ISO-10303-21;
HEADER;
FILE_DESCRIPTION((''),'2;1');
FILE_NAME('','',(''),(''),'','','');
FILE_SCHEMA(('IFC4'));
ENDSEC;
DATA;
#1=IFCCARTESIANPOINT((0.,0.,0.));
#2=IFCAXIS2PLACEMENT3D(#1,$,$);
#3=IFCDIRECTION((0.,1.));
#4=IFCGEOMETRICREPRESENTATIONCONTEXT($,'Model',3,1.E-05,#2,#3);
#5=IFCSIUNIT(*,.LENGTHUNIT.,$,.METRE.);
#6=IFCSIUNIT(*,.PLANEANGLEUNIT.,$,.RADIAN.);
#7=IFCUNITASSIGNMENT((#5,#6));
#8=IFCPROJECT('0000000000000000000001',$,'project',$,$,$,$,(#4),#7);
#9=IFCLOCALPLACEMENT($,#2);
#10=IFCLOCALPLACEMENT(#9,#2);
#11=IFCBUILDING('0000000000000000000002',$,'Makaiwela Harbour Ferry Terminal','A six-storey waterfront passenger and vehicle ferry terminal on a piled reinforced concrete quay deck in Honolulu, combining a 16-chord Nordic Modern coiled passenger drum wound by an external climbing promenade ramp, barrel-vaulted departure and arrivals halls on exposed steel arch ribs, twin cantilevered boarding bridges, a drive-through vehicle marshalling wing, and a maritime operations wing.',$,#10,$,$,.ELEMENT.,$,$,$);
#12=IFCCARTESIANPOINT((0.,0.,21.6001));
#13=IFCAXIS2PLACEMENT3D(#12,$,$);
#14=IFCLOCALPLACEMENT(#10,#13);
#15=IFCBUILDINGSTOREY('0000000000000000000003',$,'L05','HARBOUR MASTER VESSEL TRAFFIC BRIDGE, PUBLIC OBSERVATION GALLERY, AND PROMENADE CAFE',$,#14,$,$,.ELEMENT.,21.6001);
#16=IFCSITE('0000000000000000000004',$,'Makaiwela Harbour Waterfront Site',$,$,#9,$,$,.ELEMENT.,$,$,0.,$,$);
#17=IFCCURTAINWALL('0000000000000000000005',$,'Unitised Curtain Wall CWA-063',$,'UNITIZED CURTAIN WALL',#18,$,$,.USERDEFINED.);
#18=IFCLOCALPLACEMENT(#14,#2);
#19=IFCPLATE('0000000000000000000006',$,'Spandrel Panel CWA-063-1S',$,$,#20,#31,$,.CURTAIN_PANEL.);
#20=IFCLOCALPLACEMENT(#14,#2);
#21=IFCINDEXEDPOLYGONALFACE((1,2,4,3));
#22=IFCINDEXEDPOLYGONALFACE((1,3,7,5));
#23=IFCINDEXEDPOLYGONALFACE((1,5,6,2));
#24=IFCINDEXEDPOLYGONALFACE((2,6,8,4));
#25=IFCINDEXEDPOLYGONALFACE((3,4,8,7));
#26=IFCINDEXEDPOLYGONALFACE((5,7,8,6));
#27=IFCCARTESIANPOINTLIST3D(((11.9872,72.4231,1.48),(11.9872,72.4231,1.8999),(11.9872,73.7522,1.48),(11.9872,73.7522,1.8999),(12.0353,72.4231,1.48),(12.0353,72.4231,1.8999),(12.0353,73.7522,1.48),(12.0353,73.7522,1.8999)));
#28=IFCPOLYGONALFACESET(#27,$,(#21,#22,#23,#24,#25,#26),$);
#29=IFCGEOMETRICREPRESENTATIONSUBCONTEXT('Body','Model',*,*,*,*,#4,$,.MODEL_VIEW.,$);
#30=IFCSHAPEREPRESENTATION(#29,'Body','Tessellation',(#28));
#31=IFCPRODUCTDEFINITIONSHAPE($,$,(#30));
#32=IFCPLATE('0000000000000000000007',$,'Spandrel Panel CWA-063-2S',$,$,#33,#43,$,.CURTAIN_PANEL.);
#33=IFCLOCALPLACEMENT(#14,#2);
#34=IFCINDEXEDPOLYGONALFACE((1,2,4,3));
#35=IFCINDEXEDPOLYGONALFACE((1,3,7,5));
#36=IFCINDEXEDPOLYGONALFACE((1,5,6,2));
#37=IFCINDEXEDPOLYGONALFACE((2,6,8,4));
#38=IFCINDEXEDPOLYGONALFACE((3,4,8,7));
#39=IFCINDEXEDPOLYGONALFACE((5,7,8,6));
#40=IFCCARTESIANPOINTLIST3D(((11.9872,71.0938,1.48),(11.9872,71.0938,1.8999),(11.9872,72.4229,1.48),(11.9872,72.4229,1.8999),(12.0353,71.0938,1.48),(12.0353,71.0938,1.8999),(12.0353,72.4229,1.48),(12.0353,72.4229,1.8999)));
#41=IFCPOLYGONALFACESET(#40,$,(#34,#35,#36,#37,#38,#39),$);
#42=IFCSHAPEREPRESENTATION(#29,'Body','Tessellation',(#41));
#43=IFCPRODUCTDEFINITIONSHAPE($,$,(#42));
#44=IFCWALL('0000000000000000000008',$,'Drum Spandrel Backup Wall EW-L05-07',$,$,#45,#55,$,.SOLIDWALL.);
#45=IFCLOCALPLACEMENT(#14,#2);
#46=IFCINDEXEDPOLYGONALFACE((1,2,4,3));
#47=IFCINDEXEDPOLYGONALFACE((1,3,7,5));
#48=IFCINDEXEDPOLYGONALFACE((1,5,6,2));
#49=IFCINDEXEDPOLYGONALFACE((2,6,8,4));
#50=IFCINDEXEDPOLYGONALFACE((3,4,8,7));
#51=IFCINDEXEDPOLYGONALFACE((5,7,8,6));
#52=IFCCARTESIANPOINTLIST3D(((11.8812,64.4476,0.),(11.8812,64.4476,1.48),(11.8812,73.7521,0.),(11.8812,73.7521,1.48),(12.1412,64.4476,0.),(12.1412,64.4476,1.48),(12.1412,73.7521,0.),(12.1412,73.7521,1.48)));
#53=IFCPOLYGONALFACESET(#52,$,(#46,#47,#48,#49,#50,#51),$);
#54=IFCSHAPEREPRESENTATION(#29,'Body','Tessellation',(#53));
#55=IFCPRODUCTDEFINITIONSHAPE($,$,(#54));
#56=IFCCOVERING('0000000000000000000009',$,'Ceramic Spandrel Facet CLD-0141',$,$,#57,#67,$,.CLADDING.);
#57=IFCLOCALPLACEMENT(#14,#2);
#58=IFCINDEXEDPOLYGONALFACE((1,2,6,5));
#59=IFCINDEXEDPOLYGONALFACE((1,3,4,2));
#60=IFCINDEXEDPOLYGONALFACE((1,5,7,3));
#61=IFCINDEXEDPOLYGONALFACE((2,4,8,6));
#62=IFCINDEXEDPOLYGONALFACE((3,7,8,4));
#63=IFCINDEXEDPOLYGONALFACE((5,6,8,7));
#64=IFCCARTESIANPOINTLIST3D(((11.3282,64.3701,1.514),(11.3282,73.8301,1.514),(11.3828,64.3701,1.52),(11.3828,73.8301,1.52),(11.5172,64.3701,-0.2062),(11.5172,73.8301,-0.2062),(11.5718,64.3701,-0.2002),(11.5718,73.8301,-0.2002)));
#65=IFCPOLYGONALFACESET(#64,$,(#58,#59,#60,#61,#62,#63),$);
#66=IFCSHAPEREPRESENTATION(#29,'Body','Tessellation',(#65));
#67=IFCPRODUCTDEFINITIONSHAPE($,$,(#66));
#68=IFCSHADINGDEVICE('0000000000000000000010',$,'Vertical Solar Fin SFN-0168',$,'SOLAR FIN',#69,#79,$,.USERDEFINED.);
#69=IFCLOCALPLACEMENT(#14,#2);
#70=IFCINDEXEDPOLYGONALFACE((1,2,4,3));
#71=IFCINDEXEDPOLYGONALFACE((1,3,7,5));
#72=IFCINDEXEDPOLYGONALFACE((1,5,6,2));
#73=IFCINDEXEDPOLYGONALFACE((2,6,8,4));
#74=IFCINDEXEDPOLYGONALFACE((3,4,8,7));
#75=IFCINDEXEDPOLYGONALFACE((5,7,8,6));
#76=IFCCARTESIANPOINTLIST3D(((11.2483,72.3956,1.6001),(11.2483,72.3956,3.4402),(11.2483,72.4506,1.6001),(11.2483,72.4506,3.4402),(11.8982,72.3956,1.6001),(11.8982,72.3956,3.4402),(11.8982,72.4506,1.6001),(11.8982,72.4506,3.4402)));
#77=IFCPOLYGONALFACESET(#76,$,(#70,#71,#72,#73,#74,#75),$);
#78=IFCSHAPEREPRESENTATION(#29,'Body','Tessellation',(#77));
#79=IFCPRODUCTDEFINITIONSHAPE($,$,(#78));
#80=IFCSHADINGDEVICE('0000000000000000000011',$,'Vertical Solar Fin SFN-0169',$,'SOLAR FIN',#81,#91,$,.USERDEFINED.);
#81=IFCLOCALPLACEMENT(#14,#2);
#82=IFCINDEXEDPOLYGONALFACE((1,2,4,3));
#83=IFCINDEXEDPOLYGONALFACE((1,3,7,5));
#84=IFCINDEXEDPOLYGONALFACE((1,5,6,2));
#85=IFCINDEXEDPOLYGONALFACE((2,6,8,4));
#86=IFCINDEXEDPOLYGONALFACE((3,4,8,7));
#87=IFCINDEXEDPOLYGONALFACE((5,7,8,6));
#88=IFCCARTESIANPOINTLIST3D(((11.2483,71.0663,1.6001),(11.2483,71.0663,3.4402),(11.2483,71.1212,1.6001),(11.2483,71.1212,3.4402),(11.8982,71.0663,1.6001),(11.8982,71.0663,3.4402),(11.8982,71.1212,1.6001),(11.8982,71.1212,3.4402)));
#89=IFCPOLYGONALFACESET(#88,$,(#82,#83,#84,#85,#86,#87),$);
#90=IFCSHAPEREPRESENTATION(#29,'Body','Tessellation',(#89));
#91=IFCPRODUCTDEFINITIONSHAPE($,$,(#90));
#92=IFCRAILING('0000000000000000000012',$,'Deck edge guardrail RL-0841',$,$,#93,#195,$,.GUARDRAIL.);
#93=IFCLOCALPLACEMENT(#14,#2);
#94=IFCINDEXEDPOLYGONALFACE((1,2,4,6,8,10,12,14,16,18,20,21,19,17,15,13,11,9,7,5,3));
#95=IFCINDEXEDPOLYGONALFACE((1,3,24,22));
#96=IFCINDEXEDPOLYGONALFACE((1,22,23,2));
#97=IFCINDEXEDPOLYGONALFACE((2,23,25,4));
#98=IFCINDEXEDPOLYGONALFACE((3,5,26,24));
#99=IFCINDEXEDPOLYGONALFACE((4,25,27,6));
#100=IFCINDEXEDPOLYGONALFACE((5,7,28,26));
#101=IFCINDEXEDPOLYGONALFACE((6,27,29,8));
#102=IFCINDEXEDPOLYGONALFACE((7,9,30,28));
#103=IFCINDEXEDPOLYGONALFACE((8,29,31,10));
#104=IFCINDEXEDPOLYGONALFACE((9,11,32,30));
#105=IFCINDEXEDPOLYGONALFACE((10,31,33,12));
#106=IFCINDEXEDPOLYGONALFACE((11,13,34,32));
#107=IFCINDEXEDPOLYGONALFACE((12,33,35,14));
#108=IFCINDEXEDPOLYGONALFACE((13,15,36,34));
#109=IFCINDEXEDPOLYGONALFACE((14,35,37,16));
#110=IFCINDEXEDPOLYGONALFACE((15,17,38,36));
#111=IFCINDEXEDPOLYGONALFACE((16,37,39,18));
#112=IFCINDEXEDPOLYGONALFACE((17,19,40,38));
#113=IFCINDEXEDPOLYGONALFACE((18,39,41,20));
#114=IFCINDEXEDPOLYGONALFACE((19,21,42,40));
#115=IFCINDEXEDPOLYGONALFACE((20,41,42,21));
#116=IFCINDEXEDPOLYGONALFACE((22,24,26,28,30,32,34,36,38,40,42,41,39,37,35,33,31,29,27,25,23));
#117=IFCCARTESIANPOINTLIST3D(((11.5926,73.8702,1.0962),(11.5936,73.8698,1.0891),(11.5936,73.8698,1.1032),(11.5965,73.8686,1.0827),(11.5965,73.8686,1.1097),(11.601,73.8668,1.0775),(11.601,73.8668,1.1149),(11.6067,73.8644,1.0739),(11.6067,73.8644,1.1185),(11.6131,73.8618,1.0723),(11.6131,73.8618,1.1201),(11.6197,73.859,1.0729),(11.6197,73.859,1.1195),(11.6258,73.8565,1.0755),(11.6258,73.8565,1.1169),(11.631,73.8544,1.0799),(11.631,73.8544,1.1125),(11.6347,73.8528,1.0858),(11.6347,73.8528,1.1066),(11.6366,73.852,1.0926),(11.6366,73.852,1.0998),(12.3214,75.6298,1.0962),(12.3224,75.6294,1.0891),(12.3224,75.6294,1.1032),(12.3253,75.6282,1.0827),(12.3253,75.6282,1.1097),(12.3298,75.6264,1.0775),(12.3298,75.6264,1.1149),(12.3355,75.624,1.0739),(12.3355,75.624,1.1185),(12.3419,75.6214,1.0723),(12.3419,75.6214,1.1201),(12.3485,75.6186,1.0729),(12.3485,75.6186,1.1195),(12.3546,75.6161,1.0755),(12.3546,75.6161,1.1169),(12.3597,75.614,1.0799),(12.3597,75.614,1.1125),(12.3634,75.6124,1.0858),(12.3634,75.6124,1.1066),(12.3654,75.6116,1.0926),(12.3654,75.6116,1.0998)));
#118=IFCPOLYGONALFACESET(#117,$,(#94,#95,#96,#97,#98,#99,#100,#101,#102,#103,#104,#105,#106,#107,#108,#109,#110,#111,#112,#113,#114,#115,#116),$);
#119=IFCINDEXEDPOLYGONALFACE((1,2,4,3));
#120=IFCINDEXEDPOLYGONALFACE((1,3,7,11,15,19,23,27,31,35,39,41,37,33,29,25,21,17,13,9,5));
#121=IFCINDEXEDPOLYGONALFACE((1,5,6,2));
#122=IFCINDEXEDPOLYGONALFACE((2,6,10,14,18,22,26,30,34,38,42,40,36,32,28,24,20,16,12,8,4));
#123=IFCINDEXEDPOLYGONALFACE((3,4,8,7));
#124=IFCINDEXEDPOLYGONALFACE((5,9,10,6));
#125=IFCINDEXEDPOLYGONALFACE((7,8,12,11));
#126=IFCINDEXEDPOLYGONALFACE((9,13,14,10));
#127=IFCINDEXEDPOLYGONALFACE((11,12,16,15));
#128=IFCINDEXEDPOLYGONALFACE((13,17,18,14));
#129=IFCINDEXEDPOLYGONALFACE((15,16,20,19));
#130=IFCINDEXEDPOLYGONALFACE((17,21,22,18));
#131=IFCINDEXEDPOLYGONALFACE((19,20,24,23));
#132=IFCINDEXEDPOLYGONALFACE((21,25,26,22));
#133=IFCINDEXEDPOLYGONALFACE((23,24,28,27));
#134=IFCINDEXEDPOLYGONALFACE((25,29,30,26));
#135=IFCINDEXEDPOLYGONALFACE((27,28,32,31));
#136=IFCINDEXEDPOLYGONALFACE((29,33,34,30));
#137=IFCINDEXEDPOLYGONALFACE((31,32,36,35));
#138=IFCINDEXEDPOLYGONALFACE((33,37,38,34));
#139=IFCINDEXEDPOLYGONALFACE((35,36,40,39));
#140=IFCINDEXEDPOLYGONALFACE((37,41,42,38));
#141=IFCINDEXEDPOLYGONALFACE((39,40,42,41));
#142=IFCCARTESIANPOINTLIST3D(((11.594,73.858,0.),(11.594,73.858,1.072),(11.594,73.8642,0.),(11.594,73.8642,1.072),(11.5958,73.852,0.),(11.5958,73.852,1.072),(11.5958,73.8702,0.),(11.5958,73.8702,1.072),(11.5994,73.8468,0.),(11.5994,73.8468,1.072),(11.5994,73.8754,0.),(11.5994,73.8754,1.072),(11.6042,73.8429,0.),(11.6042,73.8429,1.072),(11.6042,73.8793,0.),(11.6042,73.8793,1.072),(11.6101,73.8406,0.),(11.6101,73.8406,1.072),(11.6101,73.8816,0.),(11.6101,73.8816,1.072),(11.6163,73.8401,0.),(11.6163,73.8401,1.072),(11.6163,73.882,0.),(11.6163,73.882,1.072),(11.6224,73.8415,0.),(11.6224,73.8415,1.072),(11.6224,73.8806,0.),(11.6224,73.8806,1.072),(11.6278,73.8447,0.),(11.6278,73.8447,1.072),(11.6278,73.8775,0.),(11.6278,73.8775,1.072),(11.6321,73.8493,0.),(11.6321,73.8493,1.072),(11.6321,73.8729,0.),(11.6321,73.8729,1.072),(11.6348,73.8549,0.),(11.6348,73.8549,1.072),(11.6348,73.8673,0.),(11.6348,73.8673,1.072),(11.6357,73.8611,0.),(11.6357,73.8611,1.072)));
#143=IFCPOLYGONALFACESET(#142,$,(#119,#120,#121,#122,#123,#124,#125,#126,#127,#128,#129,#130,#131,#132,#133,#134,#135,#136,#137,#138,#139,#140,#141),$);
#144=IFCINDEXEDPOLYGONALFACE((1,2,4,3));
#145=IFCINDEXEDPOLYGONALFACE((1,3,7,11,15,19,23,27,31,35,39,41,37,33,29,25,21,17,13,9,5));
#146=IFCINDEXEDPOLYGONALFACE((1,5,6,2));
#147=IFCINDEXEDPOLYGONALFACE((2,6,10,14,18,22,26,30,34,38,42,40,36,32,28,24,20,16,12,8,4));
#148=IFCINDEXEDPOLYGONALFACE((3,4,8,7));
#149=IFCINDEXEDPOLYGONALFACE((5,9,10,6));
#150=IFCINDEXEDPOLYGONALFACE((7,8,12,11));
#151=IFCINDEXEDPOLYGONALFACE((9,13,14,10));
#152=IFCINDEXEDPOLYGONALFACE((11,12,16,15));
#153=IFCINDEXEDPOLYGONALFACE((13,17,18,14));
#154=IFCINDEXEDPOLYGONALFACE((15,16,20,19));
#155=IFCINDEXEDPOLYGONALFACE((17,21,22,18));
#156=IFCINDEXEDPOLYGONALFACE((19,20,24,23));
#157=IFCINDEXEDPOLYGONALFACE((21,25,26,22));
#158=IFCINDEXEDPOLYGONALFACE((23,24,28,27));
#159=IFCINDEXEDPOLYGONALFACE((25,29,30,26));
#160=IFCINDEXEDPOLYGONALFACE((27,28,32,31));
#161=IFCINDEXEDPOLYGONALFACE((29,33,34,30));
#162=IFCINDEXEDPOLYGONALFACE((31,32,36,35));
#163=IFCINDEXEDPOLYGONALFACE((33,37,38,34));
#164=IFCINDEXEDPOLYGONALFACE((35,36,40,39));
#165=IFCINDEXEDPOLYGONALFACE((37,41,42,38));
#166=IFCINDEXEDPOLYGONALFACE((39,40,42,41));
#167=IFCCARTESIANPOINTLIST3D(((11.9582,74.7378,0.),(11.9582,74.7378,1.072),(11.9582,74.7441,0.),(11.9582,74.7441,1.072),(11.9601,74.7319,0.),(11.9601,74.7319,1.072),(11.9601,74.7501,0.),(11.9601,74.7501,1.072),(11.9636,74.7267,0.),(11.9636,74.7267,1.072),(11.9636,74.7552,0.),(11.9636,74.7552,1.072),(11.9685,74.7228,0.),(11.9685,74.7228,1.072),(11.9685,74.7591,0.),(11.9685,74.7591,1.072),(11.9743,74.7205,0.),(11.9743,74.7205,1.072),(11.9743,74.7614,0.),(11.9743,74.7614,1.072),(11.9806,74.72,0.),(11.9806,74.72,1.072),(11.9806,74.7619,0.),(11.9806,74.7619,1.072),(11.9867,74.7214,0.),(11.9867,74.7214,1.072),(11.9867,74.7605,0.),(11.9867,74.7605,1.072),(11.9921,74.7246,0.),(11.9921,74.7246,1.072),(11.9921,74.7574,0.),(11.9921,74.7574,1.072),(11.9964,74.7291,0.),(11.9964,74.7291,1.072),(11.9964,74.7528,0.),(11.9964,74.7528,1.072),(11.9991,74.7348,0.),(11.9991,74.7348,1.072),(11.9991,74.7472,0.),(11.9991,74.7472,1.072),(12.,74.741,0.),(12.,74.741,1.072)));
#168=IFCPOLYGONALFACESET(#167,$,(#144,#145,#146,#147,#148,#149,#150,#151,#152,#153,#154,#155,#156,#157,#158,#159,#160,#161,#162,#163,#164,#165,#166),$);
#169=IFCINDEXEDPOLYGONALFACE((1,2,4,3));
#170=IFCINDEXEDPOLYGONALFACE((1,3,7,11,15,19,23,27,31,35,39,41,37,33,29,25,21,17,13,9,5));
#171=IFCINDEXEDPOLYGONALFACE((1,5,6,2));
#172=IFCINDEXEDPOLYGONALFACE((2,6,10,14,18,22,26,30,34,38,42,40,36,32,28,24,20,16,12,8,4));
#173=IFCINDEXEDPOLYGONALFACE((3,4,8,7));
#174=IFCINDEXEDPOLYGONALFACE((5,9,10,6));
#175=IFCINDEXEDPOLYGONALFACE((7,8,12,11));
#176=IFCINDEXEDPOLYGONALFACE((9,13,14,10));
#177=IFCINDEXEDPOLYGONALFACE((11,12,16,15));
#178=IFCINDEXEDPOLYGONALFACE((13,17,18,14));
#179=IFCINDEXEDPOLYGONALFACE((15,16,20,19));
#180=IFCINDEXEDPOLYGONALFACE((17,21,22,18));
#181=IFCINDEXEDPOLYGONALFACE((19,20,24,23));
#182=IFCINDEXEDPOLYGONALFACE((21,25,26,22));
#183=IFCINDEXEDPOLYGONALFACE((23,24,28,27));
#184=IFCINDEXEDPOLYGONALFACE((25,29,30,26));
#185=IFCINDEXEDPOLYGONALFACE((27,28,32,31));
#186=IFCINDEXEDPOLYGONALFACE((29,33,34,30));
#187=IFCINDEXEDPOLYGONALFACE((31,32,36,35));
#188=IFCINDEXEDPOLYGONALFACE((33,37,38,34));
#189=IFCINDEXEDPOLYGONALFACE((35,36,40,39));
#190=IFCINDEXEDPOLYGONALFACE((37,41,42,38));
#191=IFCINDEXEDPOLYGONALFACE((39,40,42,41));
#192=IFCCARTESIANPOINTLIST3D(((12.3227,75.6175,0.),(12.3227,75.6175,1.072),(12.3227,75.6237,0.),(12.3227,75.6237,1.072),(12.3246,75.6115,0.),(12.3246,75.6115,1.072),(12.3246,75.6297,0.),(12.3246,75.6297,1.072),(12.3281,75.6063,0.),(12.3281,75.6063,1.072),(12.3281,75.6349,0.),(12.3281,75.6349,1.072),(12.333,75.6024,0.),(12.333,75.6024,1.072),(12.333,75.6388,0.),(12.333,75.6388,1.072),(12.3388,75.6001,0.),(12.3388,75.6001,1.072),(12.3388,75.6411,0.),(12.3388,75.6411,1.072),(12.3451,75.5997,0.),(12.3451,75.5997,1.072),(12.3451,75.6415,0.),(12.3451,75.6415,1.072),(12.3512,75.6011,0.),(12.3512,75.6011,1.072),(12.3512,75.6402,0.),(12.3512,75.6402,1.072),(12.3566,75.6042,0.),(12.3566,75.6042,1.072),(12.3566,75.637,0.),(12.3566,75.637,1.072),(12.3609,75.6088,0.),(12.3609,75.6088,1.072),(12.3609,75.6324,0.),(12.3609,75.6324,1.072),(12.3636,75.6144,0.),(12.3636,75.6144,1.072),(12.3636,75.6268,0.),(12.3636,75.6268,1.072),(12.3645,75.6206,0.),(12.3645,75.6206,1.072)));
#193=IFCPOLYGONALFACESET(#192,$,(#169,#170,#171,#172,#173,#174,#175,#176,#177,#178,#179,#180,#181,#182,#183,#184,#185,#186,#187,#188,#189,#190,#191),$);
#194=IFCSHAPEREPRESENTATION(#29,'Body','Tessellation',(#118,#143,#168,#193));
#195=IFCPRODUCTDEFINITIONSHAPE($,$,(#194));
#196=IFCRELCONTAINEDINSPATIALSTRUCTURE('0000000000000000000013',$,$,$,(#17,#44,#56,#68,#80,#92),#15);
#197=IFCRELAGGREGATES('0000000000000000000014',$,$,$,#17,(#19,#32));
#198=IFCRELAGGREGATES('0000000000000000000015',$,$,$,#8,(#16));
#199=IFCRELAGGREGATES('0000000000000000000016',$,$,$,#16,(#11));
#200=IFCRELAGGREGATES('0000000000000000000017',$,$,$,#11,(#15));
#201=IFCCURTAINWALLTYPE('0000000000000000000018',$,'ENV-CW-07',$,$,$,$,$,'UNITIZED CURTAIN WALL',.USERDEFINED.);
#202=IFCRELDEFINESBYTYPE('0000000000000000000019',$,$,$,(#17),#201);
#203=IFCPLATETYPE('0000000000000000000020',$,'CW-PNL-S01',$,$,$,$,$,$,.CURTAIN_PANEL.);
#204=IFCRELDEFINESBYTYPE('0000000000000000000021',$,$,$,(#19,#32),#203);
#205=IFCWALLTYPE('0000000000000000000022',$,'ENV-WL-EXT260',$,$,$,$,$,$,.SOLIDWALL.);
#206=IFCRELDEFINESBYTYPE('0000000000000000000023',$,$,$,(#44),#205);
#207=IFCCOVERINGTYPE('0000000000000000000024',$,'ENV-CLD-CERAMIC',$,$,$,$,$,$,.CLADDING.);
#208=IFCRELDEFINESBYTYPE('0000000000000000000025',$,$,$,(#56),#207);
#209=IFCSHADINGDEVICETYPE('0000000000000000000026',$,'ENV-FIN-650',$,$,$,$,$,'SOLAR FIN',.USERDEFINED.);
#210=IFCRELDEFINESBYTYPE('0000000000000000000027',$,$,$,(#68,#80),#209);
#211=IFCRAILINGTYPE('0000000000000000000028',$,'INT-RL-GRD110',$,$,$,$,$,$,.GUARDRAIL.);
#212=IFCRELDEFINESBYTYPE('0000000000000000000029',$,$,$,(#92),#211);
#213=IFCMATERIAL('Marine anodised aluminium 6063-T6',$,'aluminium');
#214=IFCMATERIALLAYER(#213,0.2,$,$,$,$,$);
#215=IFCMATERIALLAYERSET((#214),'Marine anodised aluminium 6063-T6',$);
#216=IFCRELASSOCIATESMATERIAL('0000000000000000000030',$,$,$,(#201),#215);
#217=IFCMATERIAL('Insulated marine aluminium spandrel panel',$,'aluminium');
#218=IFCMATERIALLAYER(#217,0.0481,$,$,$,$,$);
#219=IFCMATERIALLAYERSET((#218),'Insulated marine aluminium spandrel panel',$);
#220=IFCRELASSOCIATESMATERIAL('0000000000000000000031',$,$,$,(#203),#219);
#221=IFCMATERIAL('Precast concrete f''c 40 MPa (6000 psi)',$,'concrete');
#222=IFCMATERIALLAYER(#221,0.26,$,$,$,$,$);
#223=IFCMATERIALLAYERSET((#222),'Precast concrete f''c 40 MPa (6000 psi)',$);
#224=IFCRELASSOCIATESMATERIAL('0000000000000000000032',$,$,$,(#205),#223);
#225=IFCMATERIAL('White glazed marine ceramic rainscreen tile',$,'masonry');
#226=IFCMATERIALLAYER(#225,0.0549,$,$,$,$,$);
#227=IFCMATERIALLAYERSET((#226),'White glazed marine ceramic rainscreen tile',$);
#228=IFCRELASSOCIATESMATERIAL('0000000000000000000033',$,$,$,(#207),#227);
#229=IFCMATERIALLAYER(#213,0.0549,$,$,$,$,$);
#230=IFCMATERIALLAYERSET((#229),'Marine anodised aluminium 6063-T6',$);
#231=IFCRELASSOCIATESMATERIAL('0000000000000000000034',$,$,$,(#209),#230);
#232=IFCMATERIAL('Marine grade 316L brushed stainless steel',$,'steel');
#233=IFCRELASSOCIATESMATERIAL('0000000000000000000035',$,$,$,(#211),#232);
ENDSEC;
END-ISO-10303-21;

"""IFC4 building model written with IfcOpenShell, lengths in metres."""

from ifc_helpers import new_model, si_unit, direction, frame, frame_2d, origin, origin_2d, place, context, subcontext, project, spatial, polyline, rectangle, circle, outline, extrude, material, layer, layer_set, type_object, element, aggregate, save


model = new_model("IFC4")

# Units and contexts
model_context = context("Model", 3, precision=1e-05, world=origin(), true_north=direction((0.0, 1.0)))
body_context = subcontext(model_context, "Body", "Model", "MODEL_VIEW")
ifc_project = project(units=[si_unit("LENGTHUNIT", "METRE"), si_unit("PLANEANGLEUNIT", "RADIAN")], contexts=[model_context])

# Site, building, storey
site_placement = place(None, origin())
site = spatial("IfcSite", under=ifc_project, at=site_placement, Name="Makaiwela Harbour Waterfront Site", CompositionType="ELEMENT", RefElevation=0.0)
building_placement = place(site_placement, origin())
building = spatial("IfcBuilding", under=site, at=building_placement, Name="Makaiwela Harbour Ferry Terminal", Description="A six-storey waterfront passenger and vehicle ferry terminal on a piled reinforced concrete quay deck in Honolulu, combining a 16-chord Nordic Modern coiled passenger drum wound by an external climbing promenade ramp, barrel-vaulted departure and arrivals halls on exposed steel arch ribs, twin cantilevered boarding bridges, a drive-through vehicle marshalling wing, and a maritime operations wing.", CompositionType="ELEMENT")
storey_placement = place(building_placement, frame((0.0, 0.0, 21.6001)))
storey = spatial("IfcBuildingStorey", under=building, at=storey_placement, Name="L05", Description="HARBOUR MASTER VESSEL TRAFFIC BRIDGE, PUBLIC OBSERVATION GALLERY, AND PROMENADE CAFE", CompositionType="ELEMENT", Elevation=21.6001)

# Curtain wall
ifc_material_1 = material(Name="Marine anodised aluminium 6063-T6", Category="aluminium")
ifc_layer_1 = layer(ifc_material_1, 0.2)
ifc_layer_set_1 = layer_set([ifc_layer_1], Name="Marine anodised aluminium 6063-T6")
curtain_wall_type = type_object("IfcCurtainWallType", Name="ENV-CW-07", ElementType="UNITIZED CURTAIN WALL", PredefinedType="USERDEFINED", material=ifc_layer_set_1)
curtain_wall_1_placement = place(storey_placement, origin())
curtain_wall_1 = element("IfcCurtainWall", 1, at=curtain_wall_1_placement, inside=storey, type_object=curtain_wall_type, Name="Unitised Curtain Wall CWA-063", ObjectType="UNITIZED CURTAIN WALL", PredefinedType="USERDEFINED")

# Plates
ifc_material_2 = material(Name="Insulated marine aluminium spandrel panel", Category="aluminium")
ifc_layer_2 = layer(ifc_material_2, 0.0481)
ifc_layer_set_2 = layer_set([ifc_layer_2], Name="Insulated marine aluminium spandrel panel")
plate_type_1 = type_object("IfcPlateType", Name="CW-PNL-S01", PredefinedType="CURTAIN_PANEL", material=ifc_layer_set_2)
plate_1_placement = place(storey_placement, frame((12.0112, 73.0876, 1.48), z_axis=(0.0, 0.0, 1.0), x_axis=(0.0, -1.0, 0.0)))
plate_1 = element("IfcPlate", 2, at=plate_1_placement, type_object=plate_type_1, Name="Spandrel Panel CWA-063-1S", PredefinedType="CURTAIN_PANEL", context=body_context, shape_type="SweptSolid", body=[
    extrude(rectangle(XDim=1.3291, YDim=0.0481, at=origin_2d()), origin(), (0.0, 0.0, 1.0), 0.4199),
])
plate_2_placement = place(storey_placement, frame((12.0112, 71.7583, 1.48), z_axis=(0.0, 0.0, 1.0), x_axis=(0.0, -1.0, 0.0)))
plate_2 = element("IfcPlate", 3, at=plate_2_placement, type_object=plate_type_1, Name="Spandrel Panel CWA-063-2S", PredefinedType="CURTAIN_PANEL", context=body_context, shape_type="SweptSolid", body=[
    extrude(rectangle(XDim=1.3291, YDim=0.0481, at=origin_2d()), origin(), (0.0, 0.0, 1.0), 0.4199),
])
aggregate(curtain_wall_1, [plate_1, plate_2])

# Wall
ifc_material_3 = material(Name="Precast concrete f'c 40 MPa (6000 psi)", Category="concrete")
ifc_layer_3 = layer(ifc_material_3, 0.26)
ifc_layer_set_3 = layer_set([ifc_layer_3], Name="Precast concrete f'c 40 MPa (6000 psi)")
wall_type = type_object("IfcWallType", Name="ENV-WL-EXT260", PredefinedType="SOLIDWALL", material=ifc_layer_set_3)
wall_placement = place(storey_placement, frame((12.0112, 73.7522, 0.0), z_axis=(0.0, 0.0, 1.0), x_axis=(0.0, -1.0, 0.0)))
element("IfcWall", 4, at=wall_placement, inside=storey, type_object=wall_type, Name="Drum Spandrel Backup Wall EW-L05-07", PredefinedType="SOLIDWALL", context=body_context, shape_type="SweptSolid", body=[
    extrude(rectangle(XDim=9.3044, YDim=0.26, at=frame_2d((4.6523, 0.0))), origin(), (0.0, 0.0, 1.0), 1.48),
])

# Covering
ifc_material_4 = material(Name="White glazed marine ceramic rainscreen tile", Category="masonry")
ifc_layer_4 = layer(ifc_material_4, 0.0549)
ifc_layer_set_4 = layer_set([ifc_layer_4], Name="White glazed marine ceramic rainscreen tile")
covering_type = type_object("IfcCoveringType", Name="ENV-CLD-CERAMIC", PredefinedType="CLADDING", material=ifc_layer_set_4)
covering_placement = place(storey_placement, frame((11.5718, 73.8301, -0.2002), z_axis=(0.994021, 0.0, 0.109193), x_axis=(0.0, -1.0, 0.0)))
element("IfcCovering", 5, at=covering_placement, inside=storey, type_object=covering_type, Name="Ceramic Spandrel Facet CLD-0141", PredefinedType="CLADDING", context=body_context, shape_type="SweptSolid", body=[
    extrude(outline(polyline([(0.0, 0.0), (9.46, 0.0), (9.46, -1.7306), (0.0, -1.7306), (0.0, 0.0)])), origin(), (0.0, 0.0, -1.0), 0.0549),
])

# Shading devices
ifc_layer_5 = layer(ifc_material_1, 0.0549)
ifc_layer_set_5 = layer_set([ifc_layer_5], Name="Marine anodised aluminium 6063-T6")
shading_device_type = type_object("IfcShadingDeviceType", Name="ENV-FIN-650", ElementType="SOLAR FIN", PredefinedType="USERDEFINED", material=ifc_layer_set_5)
for number, where, z_axis, x_axis, name in (
    (6, (11.5732, 72.4231, 1.6001), (0.0, 0.0, 1.0), (-1.0, 0.0, 0.0), "Vertical Solar Fin SFN-0168"),
    (7, (11.5732, 71.0938, 1.6001), (0.0, 0.0, 1.0), (-1.0, 0.0, 0.0), "Vertical Solar Fin SFN-0169"),
):
    element("IfcShadingDevice", number, at=place(storey_placement, frame(where, z_axis=z_axis, x_axis=x_axis)), inside=storey, type_object=shading_device_type, Name=name, ObjectType="SOLAR FIN", PredefinedType="USERDEFINED", context=body_context, shape_type="SweptSolid", body=[
        extrude(rectangle(XDim=0.6499, YDim=0.0549, at=origin_2d()), origin(), (0.0, 0.0, 1.0), 1.8401),
    ])

# Railing
ifc_material_5 = material(Name="Marine grade 316L brushed stainless steel", Category="steel")
railing_type = type_object("IfcRailingType", Name="INT-RL-GRD110", PredefinedType="GUARDRAIL", material=ifc_material_5)
railing_1_placement = place(storey_placement, frame((11.6147, 73.8611, 0.0)))
element("IfcRailing", 8, at=railing_1_placement, inside=storey, type_object=railing_type, Name="Deck edge guardrail RL-0841", PredefinedType="GUARDRAIL", context=body_context, shape_type="SweptSolid", body=[
    extrude(circle(Radius=0.0239, at=origin_2d()), frame((0.0, 0.0, 1.0962), z_axis=(0.382657, 0.92389, 0.0), x_axis=(-0.92389, 0.382657, 0.0)), (0.0, 0.0, 1.0), 1.9045),
    extrude(circle(Radius=0.021, at=origin_2d()), origin(), (0.0, 0.0, 1.0), 1.072),
    extrude(circle(Radius=0.021, at=origin_2d()), frame((0.3643, 0.8799, 0.0)), (0.0, 0.0, 1.0), 1.072),
    extrude(circle(Radius=0.021, at=origin_2d()), frame((0.7288, 1.7595, 0.0)), (0.0, 0.0, 1.0), 1.072),
])

save(model, "model.ifc")
